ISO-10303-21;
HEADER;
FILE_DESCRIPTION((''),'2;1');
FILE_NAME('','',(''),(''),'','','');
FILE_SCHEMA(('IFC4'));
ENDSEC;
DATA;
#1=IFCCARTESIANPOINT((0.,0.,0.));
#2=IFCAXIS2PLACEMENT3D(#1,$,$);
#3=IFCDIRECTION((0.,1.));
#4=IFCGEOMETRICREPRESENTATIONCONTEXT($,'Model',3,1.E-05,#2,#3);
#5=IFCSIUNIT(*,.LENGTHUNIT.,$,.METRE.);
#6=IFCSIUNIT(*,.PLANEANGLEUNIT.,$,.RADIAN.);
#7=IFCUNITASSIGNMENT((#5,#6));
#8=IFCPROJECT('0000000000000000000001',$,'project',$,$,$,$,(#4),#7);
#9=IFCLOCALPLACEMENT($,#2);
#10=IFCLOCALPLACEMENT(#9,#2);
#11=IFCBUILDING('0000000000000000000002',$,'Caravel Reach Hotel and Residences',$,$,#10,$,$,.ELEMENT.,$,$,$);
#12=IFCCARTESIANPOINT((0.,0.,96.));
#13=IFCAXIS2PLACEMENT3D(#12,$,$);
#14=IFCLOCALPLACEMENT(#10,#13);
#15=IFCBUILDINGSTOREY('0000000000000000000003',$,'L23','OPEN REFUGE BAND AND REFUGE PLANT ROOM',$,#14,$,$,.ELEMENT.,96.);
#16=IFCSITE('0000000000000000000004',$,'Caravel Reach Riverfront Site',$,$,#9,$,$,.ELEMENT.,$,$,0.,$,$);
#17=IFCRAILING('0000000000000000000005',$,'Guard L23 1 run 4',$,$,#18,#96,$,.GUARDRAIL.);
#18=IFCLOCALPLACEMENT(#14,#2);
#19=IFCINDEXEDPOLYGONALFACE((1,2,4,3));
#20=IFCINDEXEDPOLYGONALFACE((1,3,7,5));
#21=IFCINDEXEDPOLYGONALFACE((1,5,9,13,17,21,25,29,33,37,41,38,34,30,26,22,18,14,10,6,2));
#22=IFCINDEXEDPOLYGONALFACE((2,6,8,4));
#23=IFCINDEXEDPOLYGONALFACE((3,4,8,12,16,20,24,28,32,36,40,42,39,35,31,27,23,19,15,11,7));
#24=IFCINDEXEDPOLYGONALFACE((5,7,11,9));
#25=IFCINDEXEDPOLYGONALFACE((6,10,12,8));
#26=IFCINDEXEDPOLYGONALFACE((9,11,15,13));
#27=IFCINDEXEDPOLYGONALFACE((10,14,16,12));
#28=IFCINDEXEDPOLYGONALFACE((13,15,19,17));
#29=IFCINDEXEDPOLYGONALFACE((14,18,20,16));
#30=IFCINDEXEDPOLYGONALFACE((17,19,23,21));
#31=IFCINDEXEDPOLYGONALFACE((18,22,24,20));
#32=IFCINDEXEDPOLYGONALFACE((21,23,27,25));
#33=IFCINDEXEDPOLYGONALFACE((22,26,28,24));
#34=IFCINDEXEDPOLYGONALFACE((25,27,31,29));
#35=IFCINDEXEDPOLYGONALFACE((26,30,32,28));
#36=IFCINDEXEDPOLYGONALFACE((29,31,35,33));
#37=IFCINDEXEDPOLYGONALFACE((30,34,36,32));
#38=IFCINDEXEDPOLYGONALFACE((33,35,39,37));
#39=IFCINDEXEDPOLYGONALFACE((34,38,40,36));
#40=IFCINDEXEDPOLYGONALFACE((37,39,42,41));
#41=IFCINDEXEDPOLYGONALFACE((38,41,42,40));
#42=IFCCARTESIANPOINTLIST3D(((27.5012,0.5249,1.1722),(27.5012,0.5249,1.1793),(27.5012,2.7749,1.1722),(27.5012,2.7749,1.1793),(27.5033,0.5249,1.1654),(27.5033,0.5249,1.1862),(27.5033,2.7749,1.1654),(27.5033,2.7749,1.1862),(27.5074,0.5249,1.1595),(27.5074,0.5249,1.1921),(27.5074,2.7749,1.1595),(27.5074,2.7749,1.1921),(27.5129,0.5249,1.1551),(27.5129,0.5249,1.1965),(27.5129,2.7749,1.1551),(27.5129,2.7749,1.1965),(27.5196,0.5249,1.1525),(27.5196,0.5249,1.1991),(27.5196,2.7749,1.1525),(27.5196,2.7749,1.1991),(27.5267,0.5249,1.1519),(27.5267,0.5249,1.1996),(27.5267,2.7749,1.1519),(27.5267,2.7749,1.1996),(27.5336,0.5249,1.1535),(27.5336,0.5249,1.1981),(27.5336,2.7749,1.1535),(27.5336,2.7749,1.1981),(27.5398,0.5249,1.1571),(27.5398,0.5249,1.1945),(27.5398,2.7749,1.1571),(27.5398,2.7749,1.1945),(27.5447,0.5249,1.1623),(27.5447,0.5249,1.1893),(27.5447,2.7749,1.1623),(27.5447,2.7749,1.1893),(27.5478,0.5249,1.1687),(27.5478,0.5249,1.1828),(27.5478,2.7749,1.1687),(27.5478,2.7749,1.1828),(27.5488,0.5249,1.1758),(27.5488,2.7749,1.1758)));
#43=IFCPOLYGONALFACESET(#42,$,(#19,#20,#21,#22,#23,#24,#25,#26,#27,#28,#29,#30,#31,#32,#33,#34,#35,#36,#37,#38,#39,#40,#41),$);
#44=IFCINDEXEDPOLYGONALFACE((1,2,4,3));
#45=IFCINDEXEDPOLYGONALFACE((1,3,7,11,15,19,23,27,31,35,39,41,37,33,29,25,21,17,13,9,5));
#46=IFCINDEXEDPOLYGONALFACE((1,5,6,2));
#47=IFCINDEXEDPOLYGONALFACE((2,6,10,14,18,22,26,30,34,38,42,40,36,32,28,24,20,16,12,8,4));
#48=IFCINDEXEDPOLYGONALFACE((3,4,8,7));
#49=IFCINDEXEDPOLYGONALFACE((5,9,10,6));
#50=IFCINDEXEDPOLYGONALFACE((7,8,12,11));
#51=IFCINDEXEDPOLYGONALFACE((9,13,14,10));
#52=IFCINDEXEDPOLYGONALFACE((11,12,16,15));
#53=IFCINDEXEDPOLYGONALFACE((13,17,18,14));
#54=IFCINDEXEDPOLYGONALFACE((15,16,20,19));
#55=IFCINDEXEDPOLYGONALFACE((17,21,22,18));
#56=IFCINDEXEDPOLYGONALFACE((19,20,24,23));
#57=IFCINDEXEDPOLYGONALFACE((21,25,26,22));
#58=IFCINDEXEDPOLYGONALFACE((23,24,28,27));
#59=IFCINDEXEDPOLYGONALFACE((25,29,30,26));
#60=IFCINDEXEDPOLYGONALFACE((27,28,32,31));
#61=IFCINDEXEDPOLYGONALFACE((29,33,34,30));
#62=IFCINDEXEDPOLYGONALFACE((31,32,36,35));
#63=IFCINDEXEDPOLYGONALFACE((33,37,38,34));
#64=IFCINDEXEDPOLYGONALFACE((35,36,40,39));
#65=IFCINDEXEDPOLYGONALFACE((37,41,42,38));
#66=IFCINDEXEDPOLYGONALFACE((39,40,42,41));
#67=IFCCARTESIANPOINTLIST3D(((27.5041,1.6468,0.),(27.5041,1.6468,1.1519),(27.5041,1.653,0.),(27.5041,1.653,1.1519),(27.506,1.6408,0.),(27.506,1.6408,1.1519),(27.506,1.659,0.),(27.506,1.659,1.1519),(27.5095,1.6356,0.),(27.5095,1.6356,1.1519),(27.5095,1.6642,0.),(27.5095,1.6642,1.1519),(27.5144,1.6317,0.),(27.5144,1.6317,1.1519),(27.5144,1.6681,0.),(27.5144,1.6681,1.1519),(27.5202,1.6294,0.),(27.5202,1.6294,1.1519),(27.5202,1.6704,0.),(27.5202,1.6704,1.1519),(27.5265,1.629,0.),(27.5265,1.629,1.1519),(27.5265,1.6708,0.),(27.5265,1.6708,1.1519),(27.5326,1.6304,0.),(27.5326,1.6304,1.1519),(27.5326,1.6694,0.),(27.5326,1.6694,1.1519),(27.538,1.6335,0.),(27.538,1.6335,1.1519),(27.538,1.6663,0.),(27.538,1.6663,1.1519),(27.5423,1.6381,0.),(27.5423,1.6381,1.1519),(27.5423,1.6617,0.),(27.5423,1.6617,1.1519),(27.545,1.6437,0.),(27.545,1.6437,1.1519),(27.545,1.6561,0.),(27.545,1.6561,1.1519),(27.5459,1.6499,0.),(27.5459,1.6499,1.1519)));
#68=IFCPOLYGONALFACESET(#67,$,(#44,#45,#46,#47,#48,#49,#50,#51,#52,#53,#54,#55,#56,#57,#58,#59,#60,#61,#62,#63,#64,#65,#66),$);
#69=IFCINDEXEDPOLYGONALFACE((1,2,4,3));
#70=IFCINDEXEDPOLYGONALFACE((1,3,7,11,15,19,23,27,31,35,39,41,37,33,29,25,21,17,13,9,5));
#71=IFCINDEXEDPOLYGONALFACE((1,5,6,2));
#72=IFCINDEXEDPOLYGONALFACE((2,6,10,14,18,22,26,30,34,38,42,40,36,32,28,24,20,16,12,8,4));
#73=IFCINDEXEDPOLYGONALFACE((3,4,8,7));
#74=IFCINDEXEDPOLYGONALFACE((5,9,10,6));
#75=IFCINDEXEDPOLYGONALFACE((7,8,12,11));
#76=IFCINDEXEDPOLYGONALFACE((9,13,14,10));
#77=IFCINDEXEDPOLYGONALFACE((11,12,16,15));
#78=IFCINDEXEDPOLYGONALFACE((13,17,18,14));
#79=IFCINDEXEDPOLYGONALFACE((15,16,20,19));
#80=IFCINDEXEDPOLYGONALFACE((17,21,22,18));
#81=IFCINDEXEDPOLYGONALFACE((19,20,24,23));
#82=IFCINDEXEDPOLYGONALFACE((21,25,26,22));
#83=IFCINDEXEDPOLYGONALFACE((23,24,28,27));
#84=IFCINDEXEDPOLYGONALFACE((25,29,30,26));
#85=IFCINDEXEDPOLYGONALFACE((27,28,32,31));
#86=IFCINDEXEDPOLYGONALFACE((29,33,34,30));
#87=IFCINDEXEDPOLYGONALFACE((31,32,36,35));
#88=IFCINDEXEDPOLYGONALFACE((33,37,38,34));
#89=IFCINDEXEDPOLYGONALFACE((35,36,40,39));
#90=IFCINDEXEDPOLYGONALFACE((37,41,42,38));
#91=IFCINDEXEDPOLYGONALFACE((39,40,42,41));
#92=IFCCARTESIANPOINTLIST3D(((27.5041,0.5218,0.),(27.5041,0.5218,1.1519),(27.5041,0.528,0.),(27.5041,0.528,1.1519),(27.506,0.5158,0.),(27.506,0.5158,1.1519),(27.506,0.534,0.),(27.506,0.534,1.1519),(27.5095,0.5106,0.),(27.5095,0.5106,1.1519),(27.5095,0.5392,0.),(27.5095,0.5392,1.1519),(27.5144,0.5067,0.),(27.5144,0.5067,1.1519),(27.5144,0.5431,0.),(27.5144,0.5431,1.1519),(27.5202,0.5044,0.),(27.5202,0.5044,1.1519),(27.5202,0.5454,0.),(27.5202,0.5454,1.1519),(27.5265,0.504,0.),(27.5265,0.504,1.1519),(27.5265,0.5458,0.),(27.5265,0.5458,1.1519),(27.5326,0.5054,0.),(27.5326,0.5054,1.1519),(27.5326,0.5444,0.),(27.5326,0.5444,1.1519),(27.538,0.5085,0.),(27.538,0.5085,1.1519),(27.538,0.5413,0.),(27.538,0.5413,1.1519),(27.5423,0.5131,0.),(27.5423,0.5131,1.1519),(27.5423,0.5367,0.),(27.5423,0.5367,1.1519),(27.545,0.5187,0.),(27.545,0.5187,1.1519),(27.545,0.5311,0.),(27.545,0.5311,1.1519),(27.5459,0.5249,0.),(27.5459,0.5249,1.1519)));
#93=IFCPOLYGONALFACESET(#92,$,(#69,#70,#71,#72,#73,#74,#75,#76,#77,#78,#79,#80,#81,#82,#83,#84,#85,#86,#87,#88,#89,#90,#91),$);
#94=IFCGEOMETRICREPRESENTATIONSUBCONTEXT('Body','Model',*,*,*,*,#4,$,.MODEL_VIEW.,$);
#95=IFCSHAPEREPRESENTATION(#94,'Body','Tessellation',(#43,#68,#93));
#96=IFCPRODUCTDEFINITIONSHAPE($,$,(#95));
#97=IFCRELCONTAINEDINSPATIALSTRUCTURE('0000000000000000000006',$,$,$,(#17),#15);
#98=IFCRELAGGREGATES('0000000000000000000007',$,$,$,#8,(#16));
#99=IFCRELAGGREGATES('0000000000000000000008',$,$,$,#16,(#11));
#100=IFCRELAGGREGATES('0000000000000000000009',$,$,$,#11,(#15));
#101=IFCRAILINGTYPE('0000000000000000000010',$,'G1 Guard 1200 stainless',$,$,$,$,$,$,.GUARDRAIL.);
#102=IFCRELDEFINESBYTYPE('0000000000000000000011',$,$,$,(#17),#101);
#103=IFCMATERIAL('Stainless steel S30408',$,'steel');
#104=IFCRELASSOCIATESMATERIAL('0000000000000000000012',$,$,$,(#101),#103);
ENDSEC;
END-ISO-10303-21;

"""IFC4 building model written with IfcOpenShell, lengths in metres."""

from ifc_helpers import new_model, si_unit, direction, frame, origin, origin_2d, place, context, subcontext, project, spatial, circle, extrude, material, type_object, element, save


model = new_model("IFC4")

# Units and contexts
model_context = context("Model", 3, precision=1e-05, world=origin(), true_north=direction((0.0, 1.0)))
body_context = subcontext(model_context, "Body", "Model", "MODEL_VIEW")
ifc_project = project(units=[si_unit("LENGTHUNIT", "METRE"), si_unit("PLANEANGLEUNIT", "RADIAN")], contexts=[model_context])

# Site, building, storey
site_placement = place(None, origin())
site = spatial("IfcSite", under=ifc_project, at=site_placement, Name="Caravel Reach Riverfront Site", CompositionType="ELEMENT", RefElevation=0.0)
building_placement = place(site_placement, origin())
building = spatial("IfcBuilding", under=site, at=building_placement, Name="Caravel Reach Hotel and Residences", CompositionType="ELEMENT")
storey_placement = place(building_placement, frame((0.0, 0.0, 96.0)))
storey = spatial("IfcBuildingStorey", under=building, at=storey_placement, Name="L23", Description="OPEN REFUGE BAND AND REFUGE PLANT ROOM", CompositionType="ELEMENT", Elevation=96.0)

# Railing
ifc_material_1 = material(Name="Stainless steel S30408", Category="steel")
railing_type = type_object("IfcRailingType", Name="G1 Guard 1200 stainless", PredefinedType="GUARDRAIL", material=ifc_material_1)
railing_1_placement = place(storey_placement, frame((27.5249, 2.7749, 0.0)))
element("IfcRailing", 1, at=railing_1_placement, inside=storey, type_object=railing_type, Name="Guard L23 1 run 4", PredefinedType="GUARDRAIL", context=body_context, shape_type="SweptSolid", body=[
    extrude(circle(Radius=0.0239, at=origin_2d()), frame((0.0, 0.0, 1.1758), z_axis=(0.0, -1.0, 0.0), x_axis=(1.0, 0.0, 0.0)), (0.0, 0.0, 1.0), 2.25),
    extrude(circle(Radius=0.021, at=origin_2d()), frame((0.0, -1.125, 0.0)), (0.0, 0.0, 1.0), 1.1519),
    extrude(circle(Radius=0.021, at=origin_2d()), frame((0.0, -2.25, 0.0)), (0.0, 0.0, 1.0), 1.1519),
])

save(model, "model.ifc")
